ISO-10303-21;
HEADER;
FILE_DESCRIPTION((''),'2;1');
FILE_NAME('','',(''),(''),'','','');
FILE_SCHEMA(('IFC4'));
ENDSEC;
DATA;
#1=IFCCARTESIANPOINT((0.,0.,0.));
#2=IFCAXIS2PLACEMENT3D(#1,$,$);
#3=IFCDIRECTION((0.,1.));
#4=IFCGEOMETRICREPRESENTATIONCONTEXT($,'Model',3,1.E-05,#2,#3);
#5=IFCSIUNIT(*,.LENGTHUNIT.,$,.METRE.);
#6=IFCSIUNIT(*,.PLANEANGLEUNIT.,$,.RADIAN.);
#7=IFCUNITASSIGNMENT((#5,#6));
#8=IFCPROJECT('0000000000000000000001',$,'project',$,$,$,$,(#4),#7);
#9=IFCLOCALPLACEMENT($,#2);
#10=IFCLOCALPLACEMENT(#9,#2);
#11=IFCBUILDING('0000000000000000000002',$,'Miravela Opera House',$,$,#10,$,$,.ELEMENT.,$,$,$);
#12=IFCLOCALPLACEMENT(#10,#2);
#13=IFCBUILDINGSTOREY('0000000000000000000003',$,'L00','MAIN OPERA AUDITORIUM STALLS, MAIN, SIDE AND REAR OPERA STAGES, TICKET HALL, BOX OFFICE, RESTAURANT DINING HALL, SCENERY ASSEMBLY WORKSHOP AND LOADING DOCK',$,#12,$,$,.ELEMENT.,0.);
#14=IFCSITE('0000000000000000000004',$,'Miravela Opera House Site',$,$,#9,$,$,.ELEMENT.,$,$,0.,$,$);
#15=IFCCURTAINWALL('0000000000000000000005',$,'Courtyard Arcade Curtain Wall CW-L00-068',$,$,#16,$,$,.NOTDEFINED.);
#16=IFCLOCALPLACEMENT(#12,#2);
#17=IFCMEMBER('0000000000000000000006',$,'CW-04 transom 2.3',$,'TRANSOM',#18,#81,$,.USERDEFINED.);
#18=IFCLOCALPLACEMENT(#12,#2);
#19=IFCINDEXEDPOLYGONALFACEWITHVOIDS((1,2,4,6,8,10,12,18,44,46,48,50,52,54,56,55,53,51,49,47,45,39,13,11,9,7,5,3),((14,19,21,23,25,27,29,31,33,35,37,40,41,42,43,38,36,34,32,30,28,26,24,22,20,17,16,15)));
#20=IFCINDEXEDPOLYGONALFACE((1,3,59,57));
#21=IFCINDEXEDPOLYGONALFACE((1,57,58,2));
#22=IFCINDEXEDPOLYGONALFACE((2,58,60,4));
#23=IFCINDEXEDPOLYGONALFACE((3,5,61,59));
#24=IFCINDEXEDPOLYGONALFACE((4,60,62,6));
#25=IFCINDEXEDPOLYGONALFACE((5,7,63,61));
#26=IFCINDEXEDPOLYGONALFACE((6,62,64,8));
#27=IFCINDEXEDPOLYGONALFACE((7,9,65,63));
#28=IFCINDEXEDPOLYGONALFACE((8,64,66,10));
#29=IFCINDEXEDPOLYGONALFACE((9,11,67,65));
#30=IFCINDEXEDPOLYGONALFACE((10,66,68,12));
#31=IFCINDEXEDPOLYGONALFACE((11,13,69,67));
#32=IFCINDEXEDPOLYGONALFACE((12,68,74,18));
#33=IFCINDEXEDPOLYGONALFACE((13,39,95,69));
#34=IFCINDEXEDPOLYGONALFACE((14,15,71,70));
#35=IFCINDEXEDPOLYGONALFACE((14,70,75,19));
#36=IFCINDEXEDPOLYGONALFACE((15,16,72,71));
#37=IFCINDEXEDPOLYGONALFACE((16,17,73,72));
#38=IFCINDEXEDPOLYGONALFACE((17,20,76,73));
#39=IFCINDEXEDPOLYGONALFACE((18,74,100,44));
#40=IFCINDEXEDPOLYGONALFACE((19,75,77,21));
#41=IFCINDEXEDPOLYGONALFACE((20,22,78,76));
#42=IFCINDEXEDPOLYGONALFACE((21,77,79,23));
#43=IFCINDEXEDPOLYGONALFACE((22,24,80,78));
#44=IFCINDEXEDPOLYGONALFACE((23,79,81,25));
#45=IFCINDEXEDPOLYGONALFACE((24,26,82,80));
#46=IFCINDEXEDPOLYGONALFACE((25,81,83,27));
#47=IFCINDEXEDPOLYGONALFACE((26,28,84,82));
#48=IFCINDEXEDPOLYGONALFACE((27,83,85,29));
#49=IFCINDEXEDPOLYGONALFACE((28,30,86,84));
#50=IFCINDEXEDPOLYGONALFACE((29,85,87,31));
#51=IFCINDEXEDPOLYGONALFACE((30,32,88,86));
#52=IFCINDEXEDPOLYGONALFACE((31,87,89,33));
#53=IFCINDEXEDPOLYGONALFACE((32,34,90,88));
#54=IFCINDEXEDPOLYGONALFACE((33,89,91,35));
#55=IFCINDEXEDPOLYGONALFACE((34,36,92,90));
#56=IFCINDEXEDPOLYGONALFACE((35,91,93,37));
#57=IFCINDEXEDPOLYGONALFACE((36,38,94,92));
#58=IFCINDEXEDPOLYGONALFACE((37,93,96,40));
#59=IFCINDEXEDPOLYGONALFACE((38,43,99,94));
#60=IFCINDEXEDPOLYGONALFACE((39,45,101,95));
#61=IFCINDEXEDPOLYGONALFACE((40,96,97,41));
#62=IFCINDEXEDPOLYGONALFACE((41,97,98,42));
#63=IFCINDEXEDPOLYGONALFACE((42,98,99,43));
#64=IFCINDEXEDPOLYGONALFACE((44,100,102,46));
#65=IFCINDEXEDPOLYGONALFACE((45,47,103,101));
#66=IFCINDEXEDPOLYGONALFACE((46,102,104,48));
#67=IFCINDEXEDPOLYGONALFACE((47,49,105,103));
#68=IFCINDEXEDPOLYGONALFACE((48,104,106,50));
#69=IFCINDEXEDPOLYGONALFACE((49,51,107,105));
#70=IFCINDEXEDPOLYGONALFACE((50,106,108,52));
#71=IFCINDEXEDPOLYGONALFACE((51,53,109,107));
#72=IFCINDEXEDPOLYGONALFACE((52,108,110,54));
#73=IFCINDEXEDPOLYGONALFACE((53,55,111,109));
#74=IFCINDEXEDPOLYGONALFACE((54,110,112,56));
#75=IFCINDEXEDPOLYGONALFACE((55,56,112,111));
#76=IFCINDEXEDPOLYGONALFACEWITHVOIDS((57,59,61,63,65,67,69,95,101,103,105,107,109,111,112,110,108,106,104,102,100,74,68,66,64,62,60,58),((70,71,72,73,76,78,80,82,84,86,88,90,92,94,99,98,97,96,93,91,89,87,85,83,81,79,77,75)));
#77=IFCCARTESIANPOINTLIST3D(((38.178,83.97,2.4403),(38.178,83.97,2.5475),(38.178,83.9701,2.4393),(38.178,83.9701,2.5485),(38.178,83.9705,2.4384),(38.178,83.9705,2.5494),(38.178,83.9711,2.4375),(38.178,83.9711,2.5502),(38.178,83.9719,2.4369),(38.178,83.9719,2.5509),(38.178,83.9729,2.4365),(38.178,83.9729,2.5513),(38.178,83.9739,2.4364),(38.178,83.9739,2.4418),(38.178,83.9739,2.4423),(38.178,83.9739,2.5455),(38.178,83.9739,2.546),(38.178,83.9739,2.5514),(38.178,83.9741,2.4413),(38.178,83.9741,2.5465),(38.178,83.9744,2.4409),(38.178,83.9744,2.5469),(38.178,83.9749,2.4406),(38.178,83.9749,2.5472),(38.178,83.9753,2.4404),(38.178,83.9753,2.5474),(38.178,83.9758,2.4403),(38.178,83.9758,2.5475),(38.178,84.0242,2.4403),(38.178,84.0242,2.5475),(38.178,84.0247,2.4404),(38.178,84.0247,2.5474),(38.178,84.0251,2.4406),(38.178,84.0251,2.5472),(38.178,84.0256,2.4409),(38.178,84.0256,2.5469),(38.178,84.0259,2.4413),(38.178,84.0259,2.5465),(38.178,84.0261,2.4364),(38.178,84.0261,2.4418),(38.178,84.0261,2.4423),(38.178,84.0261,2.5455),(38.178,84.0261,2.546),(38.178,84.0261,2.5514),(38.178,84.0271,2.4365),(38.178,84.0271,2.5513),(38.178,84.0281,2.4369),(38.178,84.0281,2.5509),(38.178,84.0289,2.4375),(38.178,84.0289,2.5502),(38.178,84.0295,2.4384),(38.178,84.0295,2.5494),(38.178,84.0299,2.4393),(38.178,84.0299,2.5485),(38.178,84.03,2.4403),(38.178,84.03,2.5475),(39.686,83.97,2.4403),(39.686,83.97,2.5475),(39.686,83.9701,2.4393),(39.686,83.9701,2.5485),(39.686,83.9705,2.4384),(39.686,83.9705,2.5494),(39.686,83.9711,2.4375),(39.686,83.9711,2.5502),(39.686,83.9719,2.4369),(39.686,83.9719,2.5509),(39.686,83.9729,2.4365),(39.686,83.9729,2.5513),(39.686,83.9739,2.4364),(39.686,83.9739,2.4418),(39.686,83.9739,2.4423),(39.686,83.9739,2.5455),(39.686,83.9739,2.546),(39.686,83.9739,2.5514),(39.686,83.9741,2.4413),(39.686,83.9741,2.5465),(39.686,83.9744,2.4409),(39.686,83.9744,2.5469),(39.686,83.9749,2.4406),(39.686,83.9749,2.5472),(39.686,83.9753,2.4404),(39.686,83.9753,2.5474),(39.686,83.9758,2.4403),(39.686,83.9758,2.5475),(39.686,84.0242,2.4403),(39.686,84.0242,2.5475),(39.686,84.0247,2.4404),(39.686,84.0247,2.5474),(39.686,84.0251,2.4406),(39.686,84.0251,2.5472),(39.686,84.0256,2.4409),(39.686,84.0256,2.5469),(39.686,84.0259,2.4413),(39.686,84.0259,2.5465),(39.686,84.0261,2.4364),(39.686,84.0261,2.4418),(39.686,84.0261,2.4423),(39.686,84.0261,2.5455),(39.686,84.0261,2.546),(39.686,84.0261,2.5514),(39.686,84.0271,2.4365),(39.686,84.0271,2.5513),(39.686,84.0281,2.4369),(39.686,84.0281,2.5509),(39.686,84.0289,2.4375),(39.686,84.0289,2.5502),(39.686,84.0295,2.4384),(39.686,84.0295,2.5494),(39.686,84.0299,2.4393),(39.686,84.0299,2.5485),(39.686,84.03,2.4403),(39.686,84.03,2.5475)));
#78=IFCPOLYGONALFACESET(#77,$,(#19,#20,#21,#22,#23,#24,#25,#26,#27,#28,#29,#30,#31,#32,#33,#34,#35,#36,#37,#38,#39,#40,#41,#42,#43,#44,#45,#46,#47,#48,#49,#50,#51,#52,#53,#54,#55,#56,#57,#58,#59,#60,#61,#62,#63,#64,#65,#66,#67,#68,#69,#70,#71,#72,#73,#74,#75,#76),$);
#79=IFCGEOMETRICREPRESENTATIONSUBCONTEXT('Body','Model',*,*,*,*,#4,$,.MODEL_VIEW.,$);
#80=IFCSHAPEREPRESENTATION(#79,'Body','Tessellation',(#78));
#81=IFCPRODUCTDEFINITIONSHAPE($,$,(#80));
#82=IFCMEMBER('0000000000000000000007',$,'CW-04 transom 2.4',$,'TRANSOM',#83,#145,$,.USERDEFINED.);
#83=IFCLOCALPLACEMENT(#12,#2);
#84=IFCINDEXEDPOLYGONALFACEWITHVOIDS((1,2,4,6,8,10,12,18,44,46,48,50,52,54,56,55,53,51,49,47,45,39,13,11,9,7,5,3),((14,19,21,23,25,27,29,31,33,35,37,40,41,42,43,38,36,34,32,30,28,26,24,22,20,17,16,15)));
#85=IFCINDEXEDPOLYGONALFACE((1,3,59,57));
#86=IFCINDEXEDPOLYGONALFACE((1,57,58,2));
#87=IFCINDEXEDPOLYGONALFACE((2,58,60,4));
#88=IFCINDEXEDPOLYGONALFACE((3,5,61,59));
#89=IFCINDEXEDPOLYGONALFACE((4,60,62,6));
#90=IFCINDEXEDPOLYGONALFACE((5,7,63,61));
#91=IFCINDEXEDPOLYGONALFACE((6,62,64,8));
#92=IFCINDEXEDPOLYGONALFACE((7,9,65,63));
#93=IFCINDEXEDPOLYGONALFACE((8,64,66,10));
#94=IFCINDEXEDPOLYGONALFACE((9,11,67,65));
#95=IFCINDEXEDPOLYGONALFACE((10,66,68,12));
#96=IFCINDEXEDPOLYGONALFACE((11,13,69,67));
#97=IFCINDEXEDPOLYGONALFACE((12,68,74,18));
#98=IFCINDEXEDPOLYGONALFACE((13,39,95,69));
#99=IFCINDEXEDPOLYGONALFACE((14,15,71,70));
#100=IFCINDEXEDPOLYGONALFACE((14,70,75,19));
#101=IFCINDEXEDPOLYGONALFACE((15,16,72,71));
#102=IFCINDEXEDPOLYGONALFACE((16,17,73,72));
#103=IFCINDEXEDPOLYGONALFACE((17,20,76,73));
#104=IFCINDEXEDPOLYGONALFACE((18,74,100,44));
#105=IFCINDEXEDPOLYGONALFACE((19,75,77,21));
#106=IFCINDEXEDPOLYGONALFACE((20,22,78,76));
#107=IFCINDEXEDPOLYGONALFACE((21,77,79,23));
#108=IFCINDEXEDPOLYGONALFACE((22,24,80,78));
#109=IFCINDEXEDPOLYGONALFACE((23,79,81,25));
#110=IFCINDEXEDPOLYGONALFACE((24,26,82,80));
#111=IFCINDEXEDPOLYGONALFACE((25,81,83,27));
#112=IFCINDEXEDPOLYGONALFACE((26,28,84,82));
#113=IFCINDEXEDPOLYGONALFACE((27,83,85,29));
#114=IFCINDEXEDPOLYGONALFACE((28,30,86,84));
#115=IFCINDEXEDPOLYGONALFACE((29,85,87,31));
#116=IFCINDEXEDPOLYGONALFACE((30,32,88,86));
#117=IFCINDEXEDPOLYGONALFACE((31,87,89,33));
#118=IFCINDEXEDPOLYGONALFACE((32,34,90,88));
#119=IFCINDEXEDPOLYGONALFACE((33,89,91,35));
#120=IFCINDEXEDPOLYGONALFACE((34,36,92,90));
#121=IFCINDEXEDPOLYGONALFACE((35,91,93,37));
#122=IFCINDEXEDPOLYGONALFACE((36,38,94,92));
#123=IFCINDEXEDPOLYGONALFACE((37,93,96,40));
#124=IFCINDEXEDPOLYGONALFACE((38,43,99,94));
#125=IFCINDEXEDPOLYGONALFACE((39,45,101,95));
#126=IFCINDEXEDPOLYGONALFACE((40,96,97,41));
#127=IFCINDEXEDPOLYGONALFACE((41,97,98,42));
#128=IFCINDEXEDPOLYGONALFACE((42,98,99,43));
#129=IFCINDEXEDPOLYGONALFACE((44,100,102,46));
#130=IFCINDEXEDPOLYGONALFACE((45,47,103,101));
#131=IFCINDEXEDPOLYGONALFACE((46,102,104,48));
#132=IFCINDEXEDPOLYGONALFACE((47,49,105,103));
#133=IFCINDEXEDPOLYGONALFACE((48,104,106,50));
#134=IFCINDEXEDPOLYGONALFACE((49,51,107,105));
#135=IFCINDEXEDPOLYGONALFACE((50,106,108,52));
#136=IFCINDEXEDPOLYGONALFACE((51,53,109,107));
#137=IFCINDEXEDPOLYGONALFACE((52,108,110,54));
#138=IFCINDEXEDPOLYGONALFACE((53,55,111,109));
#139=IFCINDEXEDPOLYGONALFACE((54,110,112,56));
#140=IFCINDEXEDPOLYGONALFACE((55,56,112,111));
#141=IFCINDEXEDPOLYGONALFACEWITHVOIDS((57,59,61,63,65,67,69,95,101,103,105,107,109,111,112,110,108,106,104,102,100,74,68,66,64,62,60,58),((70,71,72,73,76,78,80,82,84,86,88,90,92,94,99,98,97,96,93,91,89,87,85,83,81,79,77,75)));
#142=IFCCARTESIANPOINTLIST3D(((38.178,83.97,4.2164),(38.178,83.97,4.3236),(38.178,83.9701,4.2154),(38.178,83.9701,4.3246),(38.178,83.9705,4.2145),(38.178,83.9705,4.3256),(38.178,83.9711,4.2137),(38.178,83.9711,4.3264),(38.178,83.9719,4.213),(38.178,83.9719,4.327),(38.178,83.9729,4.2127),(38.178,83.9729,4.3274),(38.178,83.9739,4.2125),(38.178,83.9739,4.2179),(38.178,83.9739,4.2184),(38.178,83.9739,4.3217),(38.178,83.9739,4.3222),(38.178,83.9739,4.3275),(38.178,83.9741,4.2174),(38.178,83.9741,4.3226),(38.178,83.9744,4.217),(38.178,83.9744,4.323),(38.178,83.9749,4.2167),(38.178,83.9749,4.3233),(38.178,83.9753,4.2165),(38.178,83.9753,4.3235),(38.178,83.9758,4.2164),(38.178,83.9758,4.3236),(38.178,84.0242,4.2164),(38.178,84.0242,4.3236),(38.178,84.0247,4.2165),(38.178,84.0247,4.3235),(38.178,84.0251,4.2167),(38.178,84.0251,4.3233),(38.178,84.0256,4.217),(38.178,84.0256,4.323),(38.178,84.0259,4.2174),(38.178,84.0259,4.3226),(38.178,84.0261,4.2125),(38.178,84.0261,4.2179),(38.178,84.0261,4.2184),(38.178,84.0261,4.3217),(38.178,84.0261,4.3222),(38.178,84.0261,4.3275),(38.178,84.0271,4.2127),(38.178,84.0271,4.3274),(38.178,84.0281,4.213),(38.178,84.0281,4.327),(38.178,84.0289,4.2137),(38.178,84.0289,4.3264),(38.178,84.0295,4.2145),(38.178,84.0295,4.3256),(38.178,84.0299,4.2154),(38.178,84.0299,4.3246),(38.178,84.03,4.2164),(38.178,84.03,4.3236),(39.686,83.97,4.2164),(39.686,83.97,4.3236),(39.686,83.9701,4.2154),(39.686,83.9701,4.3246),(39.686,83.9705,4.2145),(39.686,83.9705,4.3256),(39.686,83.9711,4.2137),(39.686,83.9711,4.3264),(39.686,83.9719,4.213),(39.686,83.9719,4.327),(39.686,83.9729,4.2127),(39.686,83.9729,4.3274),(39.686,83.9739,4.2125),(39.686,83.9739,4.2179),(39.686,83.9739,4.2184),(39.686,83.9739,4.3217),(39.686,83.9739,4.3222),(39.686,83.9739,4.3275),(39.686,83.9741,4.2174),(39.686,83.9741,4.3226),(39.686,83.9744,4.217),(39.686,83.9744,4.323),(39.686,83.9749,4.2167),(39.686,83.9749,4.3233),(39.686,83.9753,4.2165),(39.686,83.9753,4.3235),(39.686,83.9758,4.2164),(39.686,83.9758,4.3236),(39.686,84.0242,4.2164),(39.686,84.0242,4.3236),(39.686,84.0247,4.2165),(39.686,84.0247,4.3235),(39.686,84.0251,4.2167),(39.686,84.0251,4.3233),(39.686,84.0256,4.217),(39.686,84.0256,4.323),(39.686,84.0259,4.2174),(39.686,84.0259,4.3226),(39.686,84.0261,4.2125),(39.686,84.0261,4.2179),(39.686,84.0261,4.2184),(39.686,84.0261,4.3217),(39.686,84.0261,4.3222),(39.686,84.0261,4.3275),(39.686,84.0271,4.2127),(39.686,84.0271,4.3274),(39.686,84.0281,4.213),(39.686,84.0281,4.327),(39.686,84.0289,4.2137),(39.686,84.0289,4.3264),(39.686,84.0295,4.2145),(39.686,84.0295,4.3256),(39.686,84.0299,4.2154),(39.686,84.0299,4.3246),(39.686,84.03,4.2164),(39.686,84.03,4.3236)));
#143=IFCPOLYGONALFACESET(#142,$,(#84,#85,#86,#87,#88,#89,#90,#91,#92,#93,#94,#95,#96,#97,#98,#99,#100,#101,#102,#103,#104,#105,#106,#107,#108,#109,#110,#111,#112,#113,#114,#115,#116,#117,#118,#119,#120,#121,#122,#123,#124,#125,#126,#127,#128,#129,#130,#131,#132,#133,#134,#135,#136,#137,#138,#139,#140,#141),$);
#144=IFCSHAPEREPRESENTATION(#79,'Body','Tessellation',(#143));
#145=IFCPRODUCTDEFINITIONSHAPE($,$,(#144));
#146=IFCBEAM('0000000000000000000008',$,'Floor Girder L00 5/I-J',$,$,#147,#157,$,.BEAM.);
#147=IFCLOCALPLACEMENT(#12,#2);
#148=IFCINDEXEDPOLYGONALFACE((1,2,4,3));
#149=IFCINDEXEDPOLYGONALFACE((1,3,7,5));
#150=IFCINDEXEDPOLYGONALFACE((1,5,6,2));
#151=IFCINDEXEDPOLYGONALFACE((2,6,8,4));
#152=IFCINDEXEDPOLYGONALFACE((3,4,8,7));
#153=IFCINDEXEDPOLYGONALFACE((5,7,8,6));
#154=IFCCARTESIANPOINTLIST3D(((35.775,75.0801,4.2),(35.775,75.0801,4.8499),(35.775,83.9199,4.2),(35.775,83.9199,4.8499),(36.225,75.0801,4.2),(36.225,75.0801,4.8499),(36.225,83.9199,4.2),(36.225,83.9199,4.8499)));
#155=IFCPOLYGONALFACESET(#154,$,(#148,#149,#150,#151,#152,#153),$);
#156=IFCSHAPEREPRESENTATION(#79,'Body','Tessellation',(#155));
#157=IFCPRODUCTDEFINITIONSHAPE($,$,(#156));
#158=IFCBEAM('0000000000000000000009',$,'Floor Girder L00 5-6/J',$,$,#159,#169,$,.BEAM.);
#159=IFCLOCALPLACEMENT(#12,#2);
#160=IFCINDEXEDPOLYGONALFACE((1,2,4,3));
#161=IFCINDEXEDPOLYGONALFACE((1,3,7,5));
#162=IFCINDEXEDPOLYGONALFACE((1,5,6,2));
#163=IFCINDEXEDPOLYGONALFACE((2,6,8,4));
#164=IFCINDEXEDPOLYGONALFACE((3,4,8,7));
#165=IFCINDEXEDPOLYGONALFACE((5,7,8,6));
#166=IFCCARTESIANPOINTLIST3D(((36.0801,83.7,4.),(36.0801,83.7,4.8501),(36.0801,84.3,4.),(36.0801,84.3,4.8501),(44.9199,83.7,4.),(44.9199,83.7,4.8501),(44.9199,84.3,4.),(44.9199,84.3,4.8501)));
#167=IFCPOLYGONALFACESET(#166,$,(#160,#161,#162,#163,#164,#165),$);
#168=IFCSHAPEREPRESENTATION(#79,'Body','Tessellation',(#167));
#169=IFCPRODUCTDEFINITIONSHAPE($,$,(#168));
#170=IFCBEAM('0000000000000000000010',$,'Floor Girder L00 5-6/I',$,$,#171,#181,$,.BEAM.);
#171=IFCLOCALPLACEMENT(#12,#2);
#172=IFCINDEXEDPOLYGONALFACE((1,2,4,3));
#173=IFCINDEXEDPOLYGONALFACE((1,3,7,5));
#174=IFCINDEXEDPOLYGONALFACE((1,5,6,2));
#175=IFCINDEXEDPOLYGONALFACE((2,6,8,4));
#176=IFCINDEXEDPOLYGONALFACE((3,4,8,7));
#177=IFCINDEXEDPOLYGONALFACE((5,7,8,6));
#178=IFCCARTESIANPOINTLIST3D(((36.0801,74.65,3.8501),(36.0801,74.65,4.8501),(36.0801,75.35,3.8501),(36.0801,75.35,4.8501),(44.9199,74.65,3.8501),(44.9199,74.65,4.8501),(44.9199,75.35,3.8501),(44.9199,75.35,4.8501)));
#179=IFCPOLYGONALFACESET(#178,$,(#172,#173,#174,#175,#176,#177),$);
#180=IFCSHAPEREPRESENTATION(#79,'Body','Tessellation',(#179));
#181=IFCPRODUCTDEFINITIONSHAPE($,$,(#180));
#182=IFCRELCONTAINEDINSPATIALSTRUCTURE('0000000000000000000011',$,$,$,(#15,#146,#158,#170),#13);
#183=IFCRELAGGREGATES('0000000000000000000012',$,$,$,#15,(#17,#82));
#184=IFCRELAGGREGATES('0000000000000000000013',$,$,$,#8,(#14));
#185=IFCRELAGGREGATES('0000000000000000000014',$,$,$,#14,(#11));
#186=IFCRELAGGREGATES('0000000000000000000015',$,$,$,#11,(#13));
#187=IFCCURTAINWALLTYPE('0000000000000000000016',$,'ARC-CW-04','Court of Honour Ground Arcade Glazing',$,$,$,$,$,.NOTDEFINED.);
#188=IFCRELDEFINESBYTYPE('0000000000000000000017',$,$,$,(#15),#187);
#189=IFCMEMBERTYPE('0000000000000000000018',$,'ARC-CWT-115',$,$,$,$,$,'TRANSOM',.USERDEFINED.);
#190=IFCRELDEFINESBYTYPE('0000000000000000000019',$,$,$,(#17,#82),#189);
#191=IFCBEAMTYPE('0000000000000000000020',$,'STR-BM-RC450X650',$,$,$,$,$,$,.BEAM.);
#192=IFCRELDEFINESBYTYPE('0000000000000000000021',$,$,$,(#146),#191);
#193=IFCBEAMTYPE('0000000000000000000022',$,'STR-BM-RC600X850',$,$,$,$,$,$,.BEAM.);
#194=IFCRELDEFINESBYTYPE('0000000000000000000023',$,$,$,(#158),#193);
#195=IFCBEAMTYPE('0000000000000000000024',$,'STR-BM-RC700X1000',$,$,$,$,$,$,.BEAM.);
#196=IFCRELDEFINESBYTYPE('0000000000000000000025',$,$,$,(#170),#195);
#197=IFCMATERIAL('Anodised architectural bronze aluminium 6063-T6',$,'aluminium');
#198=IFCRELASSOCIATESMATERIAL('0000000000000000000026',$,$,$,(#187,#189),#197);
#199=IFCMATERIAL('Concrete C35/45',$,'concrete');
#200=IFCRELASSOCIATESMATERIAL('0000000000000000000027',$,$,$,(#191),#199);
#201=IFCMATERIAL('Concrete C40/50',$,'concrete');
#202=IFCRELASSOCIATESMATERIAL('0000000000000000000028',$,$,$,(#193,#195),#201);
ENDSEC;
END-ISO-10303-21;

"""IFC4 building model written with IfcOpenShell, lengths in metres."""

from ifc_helpers import new_model, si_unit, direction, frame, origin, origin_2d, place, context, subcontext, project, spatial, rectangle, hollow_rectangle, extrude, material, material_profile, profile_set, type_object, element, aggregate, save


model = new_model("IFC4")

# Units and contexts
model_context = context("Model", 3, precision=1e-05, world=origin(), true_north=direction((0.0, 1.0)))
body_context = subcontext(model_context, "Body", "Model", "MODEL_VIEW")
ifc_project = project(units=[si_unit("LENGTHUNIT", "METRE"), si_unit("PLANEANGLEUNIT", "RADIAN")], contexts=[model_context])

# Site, building, storey
site_placement = place(None, origin())
site = spatial("IfcSite", under=ifc_project, at=site_placement, Name="Miravela Opera House Site", CompositionType="ELEMENT", RefElevation=0.0)
building_placement = place(site_placement, origin())
building = spatial("IfcBuilding", under=site, at=building_placement, Name="Miravela Opera House", CompositionType="ELEMENT")
storey_placement = place(building_placement, origin())
storey = spatial("IfcBuildingStorey", under=building, at=storey_placement, Name="L00", Description="MAIN OPERA AUDITORIUM STALLS, MAIN, SIDE AND REAR OPERA STAGES, TICKET HALL, BOX OFFICE, RESTAURANT DINING HALL, SCENERY ASSEMBLY WORKSHOP AND LOADING DOCK", CompositionType="ELEMENT", Elevation=0.0)

# Shared definitions
ifc_material_1 = material(Name="Concrete C35/45", Category="concrete")
ifc_material_2 = material(Name="Concrete C40/50", Category="concrete")

# Curtain wall, members
ifc_material_3 = material(Name="Anodised architectural bronze aluminium 6063-T6", Category="aluminium")
curtain_wall_type = type_object("IfcCurtainWallType", Name="ARC-CW-04", Description="Court of Honour Ground Arcade Glazing", PredefinedType="NOTDEFINED", material=ifc_material_3)
curtain_wall_placement = place(storey_placement, origin())
curtain_wall = element("IfcCurtainWall", 1, at=curtain_wall_placement, inside=storey, type_object=curtain_wall_type, Name="Courtyard Arcade Curtain Wall CW-L00-068", PredefinedType="NOTDEFINED")
ifc_material_profile_1 = material_profile(ifc_material_3, hollow_rectangle(XDim=0.0601, YDim=0.115, WallThickness=0.0039, InnerFilletRadius=0.002, OuterFilletRadius=0.0039, at=origin_2d()), Name="CWT-60X115")
ifc_profile_set_1 = profile_set([ifc_material_profile_1])
member_type_1 = type_object("IfcMemberType", Name="ARC-CWT-115", ElementType="TRANSOM", PredefinedType="USERDEFINED", material=ifc_profile_set_1)
member_1_placement = place(storey_placement, frame((38.178, 84.0, 2.4939), z_axis=(1.0, 0.0, 0.0), x_axis=(0.0, 1.0, 0.0)))
member_1 = element("IfcMember", 2, at=member_1_placement, type_object=member_type_1, Name="CW-04 transom 2.3", ObjectType="TRANSOM", PredefinedType="USERDEFINED", context=body_context, shape_type="SweptSolid", body=[
    extrude(hollow_rectangle(XDim=0.0601, YDim=0.115, WallThickness=0.0039, InnerFilletRadius=0.002, OuterFilletRadius=0.0039, at=origin_2d()), origin(), (0.0, 0.0, 1.0), 1.5081),
])
member_2_placement = place(storey_placement, frame((38.178, 84.0, 4.27), z_axis=(1.0, 0.0, 0.0), x_axis=(0.0, 1.0, 0.0)))
member_2 = element("IfcMember", 3, at=member_2_placement, type_object=member_type_1, Name="CW-04 transom 2.4", ObjectType="TRANSOM", PredefinedType="USERDEFINED", context=body_context, shape_type="SweptSolid", body=[
    extrude(hollow_rectangle(XDim=0.0601, YDim=0.115, WallThickness=0.0039, InnerFilletRadius=0.002, OuterFilletRadius=0.0039, at=origin_2d()), origin(), (0.0, 0.0, 1.0), 1.5081),
])

# Beams
ifc_material_profile_2 = material_profile(ifc_material_1, rectangle(XDim=0.45, YDim=0.6499, at=origin_2d()), Name="RC-BM-450X650")
ifc_profile_set_2 = profile_set([ifc_material_profile_2])
beam_type_1 = type_object("IfcBeamType", Name="STR-BM-RC450X650", PredefinedType="BEAM", material=ifc_profile_set_2)
beam_1_placement = place(storey_placement, frame((36.0, 75.0801, 4.5249), z_axis=(0.0, 1.0, 0.0), x_axis=(-1.0, 0.0, 0.0)))
element("IfcBeam", 4, at=beam_1_placement, inside=storey, type_object=beam_type_1, Name="Floor Girder L00 5/I-J", PredefinedType="BEAM", context=body_context, shape_type="SweptSolid", body=[
    extrude(rectangle(XDim=0.45, YDim=0.6499, at=origin_2d()), origin(), (0.0, 0.0, 1.0), 8.8398),
])
ifc_material_profile_3 = material_profile(ifc_material_2, rectangle(XDim=0.6001, YDim=0.8501, at=origin_2d()), Name="RC-BM-600X850")
ifc_profile_set_3 = profile_set([ifc_material_profile_3])
beam_type_2 = type_object("IfcBeamType", Name="STR-BM-RC600X850", PredefinedType="BEAM", material=ifc_profile_set_3)
beam_2_placement = place(storey_placement, frame((36.0801, 84.0, 4.425), z_axis=(1.0, 0.0, 0.0), x_axis=(0.0, 1.0, 0.0)))
element("IfcBeam", 5, at=beam_2_placement, inside=storey, type_object=beam_type_2, Name="Floor Girder L00 5-6/J", PredefinedType="BEAM", context=body_context, shape_type="SweptSolid", body=[
    extrude(rectangle(XDim=0.6001, YDim=0.8501, at=origin_2d()), origin(), (0.0, 0.0, 1.0), 8.8398),
])
ifc_material_profile_4 = material_profile(ifc_material_2, rectangle(XDim=0.7, YDim=1.0, at=origin_2d()), Name="RC-BM-700X1000")
ifc_profile_set_4 = profile_set([ifc_material_profile_4])
beam_type_3 = type_object("IfcBeamType", Name="STR-BM-RC700X1000", PredefinedType="BEAM", material=ifc_profile_set_4)
beam_3_placement = place(storey_placement, frame((36.0801, 75.0, 4.3501), z_axis=(1.0, 0.0, 0.0), x_axis=(0.0, 1.0, 0.0)))
element("IfcBeam", 6, at=beam_3_placement, inside=storey, type_object=beam_type_3, Name="Floor Girder L00 5-6/I", PredefinedType="BEAM", context=body_context, shape_type="SweptSolid", body=[
    extrude(rectangle(XDim=0.7, YDim=1.0, at=origin_2d()), origin(), (0.0, 0.0, 1.0), 8.8398),
])

aggregate(curtain_wall, [member_1, member_2])

save(model, "model.ifc")
